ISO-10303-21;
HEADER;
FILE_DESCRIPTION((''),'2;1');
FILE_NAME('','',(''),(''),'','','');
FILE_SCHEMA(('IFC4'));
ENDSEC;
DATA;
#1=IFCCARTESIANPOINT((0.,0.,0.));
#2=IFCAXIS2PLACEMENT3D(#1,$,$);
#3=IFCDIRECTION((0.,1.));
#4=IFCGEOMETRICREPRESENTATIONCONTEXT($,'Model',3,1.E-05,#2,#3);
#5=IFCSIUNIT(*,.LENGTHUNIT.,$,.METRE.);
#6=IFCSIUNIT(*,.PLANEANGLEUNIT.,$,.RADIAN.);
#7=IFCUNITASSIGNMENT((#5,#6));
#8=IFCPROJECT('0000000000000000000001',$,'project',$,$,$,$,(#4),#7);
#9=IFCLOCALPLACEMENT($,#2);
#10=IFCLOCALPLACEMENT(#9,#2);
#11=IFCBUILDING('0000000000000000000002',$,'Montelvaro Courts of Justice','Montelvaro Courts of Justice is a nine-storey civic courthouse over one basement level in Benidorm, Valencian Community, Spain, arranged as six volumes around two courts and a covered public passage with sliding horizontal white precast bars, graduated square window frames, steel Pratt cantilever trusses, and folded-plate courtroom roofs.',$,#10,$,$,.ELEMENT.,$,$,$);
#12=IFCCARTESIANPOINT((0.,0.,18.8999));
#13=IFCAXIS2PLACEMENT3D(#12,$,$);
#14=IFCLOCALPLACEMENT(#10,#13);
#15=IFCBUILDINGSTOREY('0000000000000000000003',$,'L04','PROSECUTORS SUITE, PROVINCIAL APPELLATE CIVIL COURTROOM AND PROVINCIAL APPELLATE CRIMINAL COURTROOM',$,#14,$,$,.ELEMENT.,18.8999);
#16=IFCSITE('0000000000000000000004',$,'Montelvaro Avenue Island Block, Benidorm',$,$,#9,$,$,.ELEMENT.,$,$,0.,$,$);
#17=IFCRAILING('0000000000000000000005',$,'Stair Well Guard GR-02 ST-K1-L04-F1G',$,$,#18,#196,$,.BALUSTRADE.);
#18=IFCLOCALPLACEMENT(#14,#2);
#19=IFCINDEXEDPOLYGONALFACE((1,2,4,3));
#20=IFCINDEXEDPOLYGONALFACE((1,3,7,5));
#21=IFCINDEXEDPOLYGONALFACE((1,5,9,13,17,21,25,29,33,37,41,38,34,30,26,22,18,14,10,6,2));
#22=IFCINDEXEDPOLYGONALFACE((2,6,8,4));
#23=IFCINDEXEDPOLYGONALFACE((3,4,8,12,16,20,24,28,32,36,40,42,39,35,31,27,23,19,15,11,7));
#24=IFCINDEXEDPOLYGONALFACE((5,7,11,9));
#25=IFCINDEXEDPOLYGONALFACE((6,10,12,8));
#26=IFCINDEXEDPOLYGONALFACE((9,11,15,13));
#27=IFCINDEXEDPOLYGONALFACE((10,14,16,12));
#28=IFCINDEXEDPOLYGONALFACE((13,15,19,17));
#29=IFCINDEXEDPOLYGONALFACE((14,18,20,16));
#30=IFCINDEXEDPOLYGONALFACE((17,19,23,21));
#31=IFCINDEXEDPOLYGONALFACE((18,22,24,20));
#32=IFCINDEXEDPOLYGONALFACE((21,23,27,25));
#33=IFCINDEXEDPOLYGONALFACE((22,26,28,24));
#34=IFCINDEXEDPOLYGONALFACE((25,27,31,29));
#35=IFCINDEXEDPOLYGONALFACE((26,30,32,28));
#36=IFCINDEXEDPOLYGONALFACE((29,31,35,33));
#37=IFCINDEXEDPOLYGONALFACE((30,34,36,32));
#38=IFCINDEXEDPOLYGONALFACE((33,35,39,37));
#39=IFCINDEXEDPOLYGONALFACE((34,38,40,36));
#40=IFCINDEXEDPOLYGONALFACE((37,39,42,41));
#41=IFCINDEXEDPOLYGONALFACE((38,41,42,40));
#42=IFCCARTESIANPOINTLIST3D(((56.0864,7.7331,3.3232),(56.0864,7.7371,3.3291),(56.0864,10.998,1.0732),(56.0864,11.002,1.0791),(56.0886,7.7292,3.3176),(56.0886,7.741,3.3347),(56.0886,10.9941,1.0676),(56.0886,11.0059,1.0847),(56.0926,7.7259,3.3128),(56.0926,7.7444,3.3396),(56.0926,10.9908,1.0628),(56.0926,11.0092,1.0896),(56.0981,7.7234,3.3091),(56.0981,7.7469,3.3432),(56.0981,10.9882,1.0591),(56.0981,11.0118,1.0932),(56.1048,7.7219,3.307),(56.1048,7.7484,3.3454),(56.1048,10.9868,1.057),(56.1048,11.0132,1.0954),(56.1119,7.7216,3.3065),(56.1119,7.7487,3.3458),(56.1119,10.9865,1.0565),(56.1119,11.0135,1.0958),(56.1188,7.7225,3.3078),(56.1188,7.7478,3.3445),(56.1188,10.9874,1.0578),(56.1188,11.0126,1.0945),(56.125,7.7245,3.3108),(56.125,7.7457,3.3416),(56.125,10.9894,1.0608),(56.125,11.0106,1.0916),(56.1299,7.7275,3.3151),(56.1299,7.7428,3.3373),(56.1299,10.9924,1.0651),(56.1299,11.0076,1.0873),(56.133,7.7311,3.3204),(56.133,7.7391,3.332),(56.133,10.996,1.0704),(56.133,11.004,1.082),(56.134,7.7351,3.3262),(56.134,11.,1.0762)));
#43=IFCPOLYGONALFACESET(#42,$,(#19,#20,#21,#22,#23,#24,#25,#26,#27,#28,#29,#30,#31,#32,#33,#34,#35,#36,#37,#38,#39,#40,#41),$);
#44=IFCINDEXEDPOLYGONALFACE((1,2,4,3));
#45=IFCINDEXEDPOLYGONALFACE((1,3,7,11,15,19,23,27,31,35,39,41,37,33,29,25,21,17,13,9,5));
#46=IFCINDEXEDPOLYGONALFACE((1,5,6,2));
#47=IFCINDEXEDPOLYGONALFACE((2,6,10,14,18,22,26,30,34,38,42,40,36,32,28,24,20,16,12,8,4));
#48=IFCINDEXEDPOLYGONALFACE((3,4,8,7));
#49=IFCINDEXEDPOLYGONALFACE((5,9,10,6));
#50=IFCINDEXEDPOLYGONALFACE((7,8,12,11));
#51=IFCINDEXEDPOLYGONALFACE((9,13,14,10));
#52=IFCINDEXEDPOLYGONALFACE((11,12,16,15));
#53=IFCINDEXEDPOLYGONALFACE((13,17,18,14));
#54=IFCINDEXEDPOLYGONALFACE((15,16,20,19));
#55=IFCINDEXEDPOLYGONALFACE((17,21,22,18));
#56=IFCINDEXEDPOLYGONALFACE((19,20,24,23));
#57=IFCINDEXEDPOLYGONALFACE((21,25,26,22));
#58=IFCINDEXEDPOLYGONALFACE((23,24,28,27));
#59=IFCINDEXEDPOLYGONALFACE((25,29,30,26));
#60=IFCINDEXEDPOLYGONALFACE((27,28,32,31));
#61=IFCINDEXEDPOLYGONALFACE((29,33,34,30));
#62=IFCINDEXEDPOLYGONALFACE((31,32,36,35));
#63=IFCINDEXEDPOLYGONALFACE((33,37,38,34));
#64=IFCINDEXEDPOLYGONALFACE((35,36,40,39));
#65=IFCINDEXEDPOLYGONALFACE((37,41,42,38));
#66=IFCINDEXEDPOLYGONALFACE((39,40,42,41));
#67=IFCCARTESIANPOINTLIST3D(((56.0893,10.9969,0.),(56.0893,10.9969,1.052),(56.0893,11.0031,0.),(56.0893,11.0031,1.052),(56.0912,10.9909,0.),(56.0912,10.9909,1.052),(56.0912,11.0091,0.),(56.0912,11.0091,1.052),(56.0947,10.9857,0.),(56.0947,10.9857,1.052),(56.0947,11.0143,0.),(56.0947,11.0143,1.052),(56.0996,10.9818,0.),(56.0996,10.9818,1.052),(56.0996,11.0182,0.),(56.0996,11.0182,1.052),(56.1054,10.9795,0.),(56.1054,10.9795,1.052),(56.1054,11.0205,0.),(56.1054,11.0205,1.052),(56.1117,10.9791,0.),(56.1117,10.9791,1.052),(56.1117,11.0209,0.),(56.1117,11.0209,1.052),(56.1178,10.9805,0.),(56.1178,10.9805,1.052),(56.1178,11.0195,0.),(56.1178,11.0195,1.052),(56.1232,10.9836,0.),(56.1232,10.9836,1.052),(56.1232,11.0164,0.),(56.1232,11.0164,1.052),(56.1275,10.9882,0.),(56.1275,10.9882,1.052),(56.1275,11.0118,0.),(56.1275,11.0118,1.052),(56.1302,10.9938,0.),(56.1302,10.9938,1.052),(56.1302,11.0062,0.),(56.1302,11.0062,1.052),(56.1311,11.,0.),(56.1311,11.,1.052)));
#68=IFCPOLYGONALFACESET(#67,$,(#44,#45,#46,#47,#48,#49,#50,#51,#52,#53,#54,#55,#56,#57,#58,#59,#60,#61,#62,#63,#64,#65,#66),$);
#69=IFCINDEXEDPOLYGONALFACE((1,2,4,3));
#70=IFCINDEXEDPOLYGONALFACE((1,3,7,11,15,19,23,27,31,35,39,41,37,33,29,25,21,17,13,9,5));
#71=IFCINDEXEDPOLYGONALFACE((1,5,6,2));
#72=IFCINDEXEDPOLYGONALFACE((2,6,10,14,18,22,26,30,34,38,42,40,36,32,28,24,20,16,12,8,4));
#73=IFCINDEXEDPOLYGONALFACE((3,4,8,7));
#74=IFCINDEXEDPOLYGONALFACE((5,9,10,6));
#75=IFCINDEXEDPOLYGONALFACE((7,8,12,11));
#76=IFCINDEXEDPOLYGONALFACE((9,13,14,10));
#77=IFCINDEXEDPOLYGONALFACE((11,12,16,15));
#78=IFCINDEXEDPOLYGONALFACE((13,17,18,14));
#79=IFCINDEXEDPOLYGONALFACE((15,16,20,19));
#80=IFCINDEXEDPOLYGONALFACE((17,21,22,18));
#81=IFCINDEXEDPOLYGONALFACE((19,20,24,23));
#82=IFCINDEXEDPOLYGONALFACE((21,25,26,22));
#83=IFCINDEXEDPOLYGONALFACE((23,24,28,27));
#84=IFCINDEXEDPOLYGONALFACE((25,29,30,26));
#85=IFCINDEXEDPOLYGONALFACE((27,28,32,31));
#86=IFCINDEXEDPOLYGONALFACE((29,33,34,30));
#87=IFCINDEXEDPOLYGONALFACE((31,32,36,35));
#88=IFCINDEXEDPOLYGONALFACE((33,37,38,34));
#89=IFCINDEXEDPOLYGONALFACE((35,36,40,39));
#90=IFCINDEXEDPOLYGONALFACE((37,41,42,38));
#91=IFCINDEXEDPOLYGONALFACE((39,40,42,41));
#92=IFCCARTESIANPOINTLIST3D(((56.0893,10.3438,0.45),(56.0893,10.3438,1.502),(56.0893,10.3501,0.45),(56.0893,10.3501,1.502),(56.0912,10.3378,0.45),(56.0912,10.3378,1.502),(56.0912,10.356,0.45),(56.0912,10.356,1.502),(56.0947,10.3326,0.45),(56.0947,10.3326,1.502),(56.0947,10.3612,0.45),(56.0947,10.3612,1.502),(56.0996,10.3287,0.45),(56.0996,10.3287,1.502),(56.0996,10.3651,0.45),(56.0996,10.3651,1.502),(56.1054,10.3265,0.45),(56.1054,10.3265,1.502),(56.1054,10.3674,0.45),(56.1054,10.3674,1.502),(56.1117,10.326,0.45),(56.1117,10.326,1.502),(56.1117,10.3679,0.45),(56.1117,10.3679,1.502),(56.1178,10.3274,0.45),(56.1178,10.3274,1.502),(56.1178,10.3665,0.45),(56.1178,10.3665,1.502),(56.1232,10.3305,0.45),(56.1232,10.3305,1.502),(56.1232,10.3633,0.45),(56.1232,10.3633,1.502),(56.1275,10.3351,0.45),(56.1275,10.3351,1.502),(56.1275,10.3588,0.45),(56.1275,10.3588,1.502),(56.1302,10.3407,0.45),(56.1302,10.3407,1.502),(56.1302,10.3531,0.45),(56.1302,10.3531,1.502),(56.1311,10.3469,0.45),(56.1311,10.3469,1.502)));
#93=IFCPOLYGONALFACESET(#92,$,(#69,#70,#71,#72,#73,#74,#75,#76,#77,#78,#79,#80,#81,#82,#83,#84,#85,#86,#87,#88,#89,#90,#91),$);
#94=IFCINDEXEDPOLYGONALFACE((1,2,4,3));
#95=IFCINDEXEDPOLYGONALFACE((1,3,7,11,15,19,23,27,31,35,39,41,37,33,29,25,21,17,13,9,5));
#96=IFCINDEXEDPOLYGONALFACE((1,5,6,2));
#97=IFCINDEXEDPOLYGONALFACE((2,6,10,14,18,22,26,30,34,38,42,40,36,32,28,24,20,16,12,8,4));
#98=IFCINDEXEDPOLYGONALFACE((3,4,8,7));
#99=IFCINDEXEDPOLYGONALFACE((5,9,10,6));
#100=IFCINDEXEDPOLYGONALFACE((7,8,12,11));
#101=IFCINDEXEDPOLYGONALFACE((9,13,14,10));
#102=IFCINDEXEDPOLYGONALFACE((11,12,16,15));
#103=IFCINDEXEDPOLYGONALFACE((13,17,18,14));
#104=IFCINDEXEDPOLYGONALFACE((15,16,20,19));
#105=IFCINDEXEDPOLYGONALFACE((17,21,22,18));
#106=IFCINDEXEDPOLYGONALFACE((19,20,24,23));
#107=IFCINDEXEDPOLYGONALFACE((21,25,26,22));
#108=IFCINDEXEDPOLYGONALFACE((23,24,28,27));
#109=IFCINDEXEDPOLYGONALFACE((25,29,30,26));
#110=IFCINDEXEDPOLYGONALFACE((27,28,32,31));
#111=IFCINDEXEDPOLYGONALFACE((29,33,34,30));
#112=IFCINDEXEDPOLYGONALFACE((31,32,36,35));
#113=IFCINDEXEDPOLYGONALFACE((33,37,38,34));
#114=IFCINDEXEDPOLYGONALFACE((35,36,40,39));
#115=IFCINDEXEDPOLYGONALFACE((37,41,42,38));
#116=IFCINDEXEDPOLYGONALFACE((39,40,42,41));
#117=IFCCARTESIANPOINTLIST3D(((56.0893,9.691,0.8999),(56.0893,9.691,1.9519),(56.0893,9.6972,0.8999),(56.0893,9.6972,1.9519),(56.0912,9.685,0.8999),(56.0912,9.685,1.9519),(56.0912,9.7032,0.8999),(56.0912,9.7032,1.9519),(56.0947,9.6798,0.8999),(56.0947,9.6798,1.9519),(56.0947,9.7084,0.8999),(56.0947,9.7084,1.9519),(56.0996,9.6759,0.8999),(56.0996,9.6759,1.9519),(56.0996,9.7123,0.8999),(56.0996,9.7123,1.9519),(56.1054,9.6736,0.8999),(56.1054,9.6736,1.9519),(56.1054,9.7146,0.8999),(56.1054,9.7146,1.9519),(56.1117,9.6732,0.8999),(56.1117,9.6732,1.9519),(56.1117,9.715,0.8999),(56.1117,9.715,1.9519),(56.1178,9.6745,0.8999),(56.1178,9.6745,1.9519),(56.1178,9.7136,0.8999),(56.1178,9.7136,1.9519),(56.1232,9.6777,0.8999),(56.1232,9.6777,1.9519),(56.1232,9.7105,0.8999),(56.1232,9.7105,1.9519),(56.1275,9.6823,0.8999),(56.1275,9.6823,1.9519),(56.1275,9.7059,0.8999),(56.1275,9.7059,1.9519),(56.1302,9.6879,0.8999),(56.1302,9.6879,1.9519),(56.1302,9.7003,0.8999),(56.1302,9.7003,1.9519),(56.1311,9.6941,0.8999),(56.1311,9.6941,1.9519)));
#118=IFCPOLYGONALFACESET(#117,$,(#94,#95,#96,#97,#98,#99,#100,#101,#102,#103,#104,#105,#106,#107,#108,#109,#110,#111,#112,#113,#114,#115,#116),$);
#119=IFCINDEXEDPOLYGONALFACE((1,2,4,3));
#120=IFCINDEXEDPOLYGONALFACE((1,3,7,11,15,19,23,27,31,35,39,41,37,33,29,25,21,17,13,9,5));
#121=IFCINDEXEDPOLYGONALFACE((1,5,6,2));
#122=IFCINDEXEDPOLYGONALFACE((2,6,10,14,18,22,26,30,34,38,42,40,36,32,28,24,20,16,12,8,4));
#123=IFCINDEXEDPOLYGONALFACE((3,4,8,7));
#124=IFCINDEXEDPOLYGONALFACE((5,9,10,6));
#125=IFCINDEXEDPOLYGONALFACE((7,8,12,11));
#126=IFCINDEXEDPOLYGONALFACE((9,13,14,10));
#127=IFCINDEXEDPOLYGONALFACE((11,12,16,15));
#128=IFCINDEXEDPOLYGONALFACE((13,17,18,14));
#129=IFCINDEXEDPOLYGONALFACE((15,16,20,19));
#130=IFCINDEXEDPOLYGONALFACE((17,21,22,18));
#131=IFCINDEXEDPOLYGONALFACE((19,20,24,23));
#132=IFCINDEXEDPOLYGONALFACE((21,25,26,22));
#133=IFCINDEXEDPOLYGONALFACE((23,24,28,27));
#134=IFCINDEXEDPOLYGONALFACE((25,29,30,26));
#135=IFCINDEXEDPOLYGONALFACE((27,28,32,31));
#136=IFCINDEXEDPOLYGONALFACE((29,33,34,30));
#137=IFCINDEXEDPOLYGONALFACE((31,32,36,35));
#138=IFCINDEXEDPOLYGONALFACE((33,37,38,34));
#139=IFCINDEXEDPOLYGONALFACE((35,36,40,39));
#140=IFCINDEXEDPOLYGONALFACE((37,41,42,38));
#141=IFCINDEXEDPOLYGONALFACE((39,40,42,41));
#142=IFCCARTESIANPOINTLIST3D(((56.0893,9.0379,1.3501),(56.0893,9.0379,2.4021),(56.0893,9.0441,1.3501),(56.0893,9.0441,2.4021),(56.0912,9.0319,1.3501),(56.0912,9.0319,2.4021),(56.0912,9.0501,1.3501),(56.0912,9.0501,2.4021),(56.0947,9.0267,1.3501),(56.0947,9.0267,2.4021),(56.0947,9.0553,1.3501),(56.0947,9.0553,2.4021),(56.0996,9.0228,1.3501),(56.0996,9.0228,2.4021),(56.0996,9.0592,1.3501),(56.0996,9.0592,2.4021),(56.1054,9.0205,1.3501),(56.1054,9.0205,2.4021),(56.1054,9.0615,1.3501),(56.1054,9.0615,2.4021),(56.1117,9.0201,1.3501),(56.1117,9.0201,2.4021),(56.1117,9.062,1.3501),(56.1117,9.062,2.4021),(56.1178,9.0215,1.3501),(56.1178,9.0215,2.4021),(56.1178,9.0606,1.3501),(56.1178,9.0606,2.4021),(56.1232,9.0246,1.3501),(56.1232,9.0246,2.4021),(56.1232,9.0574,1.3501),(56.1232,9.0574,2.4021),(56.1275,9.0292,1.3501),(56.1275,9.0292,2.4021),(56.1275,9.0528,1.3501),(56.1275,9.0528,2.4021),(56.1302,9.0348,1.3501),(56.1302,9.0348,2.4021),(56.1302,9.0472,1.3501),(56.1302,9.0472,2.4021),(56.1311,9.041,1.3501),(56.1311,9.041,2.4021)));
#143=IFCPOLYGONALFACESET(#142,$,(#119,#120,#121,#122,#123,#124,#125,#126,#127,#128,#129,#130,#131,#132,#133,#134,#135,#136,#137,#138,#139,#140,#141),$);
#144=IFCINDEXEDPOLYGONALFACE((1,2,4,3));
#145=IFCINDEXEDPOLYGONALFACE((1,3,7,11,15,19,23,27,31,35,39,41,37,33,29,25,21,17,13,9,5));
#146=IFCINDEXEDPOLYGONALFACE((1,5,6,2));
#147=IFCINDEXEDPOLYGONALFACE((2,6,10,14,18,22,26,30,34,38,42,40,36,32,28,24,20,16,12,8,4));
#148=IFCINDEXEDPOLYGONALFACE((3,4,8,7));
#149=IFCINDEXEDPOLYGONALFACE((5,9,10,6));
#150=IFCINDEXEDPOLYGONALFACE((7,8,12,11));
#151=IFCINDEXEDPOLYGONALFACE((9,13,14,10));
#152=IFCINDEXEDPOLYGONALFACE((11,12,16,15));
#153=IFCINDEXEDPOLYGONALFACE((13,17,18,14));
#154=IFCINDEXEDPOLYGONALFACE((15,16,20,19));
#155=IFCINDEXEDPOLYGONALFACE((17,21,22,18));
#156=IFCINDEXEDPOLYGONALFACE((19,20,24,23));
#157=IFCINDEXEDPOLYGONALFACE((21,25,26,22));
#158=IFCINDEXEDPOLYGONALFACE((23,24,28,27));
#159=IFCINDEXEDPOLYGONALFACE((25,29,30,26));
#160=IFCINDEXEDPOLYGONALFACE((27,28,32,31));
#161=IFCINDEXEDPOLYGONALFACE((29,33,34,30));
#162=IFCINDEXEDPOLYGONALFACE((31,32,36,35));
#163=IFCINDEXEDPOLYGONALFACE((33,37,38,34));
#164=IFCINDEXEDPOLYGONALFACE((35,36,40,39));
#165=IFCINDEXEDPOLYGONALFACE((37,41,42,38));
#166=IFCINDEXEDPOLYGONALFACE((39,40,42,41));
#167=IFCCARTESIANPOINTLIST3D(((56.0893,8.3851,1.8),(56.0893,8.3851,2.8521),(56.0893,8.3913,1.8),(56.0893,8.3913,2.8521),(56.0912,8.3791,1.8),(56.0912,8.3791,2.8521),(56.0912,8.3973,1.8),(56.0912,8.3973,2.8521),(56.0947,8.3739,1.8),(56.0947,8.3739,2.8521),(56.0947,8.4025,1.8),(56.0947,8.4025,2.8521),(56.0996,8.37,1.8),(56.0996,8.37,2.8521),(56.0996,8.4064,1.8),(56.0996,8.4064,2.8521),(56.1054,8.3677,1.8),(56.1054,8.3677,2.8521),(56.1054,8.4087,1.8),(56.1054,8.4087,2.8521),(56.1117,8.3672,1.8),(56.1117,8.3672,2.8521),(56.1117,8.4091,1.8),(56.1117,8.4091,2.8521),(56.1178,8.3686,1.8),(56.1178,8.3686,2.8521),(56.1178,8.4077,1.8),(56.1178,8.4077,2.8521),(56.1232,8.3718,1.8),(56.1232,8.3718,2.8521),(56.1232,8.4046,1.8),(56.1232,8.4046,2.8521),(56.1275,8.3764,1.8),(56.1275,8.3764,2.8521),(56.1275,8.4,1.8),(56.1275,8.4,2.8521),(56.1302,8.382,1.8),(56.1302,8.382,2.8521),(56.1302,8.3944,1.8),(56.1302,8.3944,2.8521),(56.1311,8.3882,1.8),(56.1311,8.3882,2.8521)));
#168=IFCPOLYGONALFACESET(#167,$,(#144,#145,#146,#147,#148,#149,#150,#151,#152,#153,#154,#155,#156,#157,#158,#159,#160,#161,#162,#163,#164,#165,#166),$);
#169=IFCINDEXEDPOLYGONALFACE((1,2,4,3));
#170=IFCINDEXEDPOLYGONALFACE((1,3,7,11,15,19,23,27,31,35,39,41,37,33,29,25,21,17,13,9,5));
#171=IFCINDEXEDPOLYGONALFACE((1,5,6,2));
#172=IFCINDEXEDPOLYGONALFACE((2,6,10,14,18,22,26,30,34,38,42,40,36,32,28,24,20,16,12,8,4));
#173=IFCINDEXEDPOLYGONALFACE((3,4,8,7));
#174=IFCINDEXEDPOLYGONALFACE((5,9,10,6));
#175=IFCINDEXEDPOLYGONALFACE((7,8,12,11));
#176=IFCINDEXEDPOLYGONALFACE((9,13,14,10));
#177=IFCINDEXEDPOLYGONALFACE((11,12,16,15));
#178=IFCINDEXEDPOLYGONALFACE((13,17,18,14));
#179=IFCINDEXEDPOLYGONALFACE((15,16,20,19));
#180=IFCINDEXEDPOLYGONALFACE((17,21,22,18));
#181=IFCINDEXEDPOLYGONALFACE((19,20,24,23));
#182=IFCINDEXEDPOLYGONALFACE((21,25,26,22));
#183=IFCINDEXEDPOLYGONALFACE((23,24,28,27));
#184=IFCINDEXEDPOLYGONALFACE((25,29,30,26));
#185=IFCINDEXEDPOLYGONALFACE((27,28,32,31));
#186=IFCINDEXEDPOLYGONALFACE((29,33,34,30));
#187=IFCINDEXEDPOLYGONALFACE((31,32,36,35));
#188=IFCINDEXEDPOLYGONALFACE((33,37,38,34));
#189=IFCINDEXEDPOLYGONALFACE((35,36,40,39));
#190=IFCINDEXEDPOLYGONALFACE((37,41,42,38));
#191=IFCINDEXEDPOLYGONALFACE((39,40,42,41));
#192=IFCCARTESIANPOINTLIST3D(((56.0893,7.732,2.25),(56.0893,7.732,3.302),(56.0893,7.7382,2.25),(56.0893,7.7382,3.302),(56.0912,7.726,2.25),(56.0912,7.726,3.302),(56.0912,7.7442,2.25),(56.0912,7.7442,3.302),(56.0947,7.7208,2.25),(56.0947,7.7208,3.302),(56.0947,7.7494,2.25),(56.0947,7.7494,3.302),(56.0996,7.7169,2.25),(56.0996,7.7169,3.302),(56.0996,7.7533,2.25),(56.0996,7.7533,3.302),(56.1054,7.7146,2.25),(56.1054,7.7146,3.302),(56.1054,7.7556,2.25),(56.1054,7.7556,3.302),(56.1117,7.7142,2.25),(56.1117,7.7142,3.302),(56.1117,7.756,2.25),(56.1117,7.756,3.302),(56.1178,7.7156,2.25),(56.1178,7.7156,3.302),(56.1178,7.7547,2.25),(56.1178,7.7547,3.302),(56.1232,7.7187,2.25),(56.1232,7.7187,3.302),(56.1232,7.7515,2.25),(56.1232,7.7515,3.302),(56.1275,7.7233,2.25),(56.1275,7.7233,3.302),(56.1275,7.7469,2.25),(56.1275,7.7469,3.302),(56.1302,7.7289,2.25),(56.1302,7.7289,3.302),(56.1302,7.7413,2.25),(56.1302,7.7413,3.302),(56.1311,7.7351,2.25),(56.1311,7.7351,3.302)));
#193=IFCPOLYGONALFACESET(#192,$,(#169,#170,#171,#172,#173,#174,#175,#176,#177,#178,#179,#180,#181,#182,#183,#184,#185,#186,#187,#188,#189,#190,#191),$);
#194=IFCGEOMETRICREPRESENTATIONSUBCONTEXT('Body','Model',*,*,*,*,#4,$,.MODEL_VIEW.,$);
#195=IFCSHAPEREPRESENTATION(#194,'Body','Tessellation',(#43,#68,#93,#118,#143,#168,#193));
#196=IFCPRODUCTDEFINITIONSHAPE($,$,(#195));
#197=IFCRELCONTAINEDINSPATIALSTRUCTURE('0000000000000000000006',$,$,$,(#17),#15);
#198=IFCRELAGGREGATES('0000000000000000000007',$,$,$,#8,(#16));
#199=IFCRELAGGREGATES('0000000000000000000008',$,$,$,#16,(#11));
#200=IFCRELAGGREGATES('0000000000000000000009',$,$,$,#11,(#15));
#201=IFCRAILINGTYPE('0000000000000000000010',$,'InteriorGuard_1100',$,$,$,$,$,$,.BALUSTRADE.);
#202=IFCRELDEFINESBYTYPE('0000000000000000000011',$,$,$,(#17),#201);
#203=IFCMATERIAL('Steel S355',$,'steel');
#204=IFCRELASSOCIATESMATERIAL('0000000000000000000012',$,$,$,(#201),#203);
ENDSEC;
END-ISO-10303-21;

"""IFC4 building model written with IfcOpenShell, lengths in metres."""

from ifc_helpers import new_model, si_unit, direction, frame, origin, origin_2d, place, context, subcontext, project, spatial, circle, extrude, material, type_object, element, save


model = new_model("IFC4")

# Units and contexts
model_context = context("Model", 3, precision=1e-05, world=origin(), true_north=direction((0.0, 1.0)))
body_context = subcontext(model_context, "Body", "Model", "MODEL_VIEW")
ifc_project = project(units=[si_unit("LENGTHUNIT", "METRE"), si_unit("PLANEANGLEUNIT", "RADIAN")], contexts=[model_context])

# Site, building, storey
site_placement = place(None, origin())
site = spatial("IfcSite", under=ifc_project, at=site_placement, Name="Montelvaro Avenue Island Block, Benidorm", CompositionType="ELEMENT", RefElevation=0.0)
building_placement = place(site_placement, origin())
building = spatial("IfcBuilding", under=site, at=building_placement, Name="Montelvaro Courts of Justice", Description="Montelvaro Courts of Justice is a nine-storey civic courthouse over one basement level in Benidorm, Valencian Community, Spain, arranged as six volumes around two courts and a covered public passage with sliding horizontal white precast bars, graduated square window frames, steel Pratt cantilever trusses, and folded-plate courtroom roofs.", CompositionType="ELEMENT")
storey_placement = place(building_placement, frame((0.0, 0.0, 18.8999)))
storey = spatial("IfcBuildingStorey", under=building, at=storey_placement, Name="L04", Description="PROSECUTORS SUITE, PROVINCIAL APPELLATE CIVIL COURTROOM AND PROVINCIAL APPELLATE CRIMINAL COURTROOM", CompositionType="ELEMENT", Elevation=18.8999)

# Shared definitions
ifc_material_1 = material(Name="Steel S355", Category="steel")

# Railing
railing_type_1 = type_object("IfcRailingType", Name="InteriorGuard_1100", PredefinedType="BALUSTRADE", material=ifc_material_1)
railing_1_placement = place(storey_placement, frame((56.1101, 11.0, 0.0)))
element("IfcRailing", 1, at=railing_1_placement, inside=storey, type_object=railing_type_1, Name="Stair Well Guard GR-02 ST-K1-L04-F1G", PredefinedType="BALUSTRADE", context=body_context, shape_type="SweptSolid", body=[
    extrude(circle(Radius=0.0239, at=origin_2d()), frame((0.0, 0.0, 1.0762), z_axis=(0.0, -0.823407, 0.567451), x_axis=(1.0, 0.0, 0.0)), (0.0, 0.0, 1.0), 3.9651),
    extrude(circle(Radius=0.021, at=origin_2d()), origin(), (0.0, 0.0, 1.0), 1.052),
    extrude(circle(Radius=0.021, at=origin_2d()), frame((0.0, -0.6531, 0.45)), (0.0, 0.0, 1.0), 1.052),
    extrude(circle(Radius=0.021, at=origin_2d()), frame((0.0, -1.3059, 0.8999)), (0.0, 0.0, 1.0), 1.052),
    extrude(circle(Radius=0.021, at=origin_2d()), frame((0.0, -1.959, 1.3501)), (0.0, 0.0, 1.0), 1.052),
    extrude(circle(Radius=0.021, at=origin_2d()), frame((0.0, -2.6118, 1.8)), (0.0, 0.0, 1.0), 1.052),
    extrude(circle(Radius=0.021, at=origin_2d()), frame((0.0, -3.2649, 2.25)), (0.0, 0.0, 1.0), 1.052),
])

save(model, "model.ifc")
